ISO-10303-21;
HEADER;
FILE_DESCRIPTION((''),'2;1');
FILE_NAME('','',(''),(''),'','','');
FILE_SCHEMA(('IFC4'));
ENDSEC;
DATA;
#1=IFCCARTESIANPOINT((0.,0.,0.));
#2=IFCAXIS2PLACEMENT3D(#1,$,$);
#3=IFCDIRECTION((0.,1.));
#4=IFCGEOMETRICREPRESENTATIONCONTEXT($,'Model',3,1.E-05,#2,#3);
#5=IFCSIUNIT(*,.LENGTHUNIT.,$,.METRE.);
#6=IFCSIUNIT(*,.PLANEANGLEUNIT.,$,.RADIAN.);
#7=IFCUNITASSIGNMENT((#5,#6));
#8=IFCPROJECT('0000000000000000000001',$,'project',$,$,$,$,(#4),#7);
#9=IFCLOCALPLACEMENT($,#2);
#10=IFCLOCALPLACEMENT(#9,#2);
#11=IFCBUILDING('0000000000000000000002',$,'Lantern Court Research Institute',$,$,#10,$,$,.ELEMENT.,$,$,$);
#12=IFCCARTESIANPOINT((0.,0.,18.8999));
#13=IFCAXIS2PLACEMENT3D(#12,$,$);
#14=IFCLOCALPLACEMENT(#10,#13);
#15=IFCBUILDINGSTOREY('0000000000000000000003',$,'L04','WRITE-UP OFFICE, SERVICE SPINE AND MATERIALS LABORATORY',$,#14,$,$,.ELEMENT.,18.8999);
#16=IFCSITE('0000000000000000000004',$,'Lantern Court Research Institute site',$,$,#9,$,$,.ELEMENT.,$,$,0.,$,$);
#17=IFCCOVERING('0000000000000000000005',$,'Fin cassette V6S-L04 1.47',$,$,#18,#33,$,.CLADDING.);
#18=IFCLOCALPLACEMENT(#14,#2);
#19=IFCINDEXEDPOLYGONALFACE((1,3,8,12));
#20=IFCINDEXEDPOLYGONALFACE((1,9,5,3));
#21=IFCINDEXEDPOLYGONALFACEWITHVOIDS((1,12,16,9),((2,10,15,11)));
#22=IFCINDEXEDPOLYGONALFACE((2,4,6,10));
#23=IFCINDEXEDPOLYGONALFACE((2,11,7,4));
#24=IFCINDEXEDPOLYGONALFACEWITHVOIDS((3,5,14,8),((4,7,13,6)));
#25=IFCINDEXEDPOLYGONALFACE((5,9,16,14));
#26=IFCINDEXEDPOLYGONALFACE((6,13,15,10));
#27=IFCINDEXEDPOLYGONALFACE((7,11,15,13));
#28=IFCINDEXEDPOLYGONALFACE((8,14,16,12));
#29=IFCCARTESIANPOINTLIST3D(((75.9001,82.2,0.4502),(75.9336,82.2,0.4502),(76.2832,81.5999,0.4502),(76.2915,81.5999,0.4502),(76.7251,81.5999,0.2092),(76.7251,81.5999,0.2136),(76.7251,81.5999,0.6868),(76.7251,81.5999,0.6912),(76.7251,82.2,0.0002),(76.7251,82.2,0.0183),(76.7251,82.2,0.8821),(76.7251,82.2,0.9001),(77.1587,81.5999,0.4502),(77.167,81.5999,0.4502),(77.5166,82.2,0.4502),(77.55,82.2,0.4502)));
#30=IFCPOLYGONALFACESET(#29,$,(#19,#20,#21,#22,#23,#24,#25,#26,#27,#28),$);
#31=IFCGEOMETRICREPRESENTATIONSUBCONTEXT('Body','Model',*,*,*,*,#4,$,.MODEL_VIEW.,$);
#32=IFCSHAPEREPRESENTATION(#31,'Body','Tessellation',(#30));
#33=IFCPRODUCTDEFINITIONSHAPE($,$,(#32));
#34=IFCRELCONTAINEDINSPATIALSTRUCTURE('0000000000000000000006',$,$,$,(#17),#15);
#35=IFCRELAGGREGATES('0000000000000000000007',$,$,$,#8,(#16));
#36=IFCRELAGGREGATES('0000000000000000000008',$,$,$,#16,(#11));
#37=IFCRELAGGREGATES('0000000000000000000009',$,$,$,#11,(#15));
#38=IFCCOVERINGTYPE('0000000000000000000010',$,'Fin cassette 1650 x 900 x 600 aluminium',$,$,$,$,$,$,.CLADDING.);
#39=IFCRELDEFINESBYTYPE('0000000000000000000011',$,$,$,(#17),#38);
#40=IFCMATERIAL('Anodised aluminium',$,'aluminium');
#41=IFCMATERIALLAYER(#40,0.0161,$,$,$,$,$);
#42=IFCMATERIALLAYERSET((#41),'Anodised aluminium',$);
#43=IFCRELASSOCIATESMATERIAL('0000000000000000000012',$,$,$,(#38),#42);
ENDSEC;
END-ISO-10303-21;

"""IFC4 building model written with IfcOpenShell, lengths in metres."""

from ifc_helpers import new_model, entity, si_unit, direction, frame, origin, place, context, subcontext, project, spatial, material, layer, layer_set, type_object, element, save


model = new_model("IFC4")

# Units and contexts
model_context = context("Model", 3, precision=1e-05, world=origin(), true_north=direction((0.0, 1.0)))
body_context = subcontext(model_context, "Body", "Model", "MODEL_VIEW")
ifc_project = project(units=[si_unit("LENGTHUNIT", "METRE"), si_unit("PLANEANGLEUNIT", "RADIAN")], contexts=[model_context])

# Site, building, storey
site_placement = place(None, origin())
site = spatial("IfcSite", under=ifc_project, at=site_placement, Name="Lantern Court Research Institute site", CompositionType="ELEMENT", RefElevation=0.0)
building_placement = place(site_placement, origin())
building = spatial("IfcBuilding", under=site, at=building_placement, Name="Lantern Court Research Institute", CompositionType="ELEMENT")
storey_placement = place(building_placement, frame((0.0, 0.0, 18.8999)))
storey = spatial("IfcBuildingStorey", under=building, at=storey_placement, Name="L04", Description="WRITE-UP OFFICE, SERVICE SPINE AND MATERIALS LABORATORY", CompositionType="ELEMENT", Elevation=18.8999)

# Covering
ifc_material_1 = material(Name="Anodised aluminium", Category="aluminium")
ifc_layer_1 = layer(ifc_material_1, 0.0161)
ifc_layer_set_1 = layer_set([ifc_layer_1], Name="Anodised aluminium")
covering_type_1 = type_object("IfcCoveringType", Name="Fin cassette 1650 x 900 x 600 aluminium", PredefinedType="CLADDING", material=ifc_layer_set_1)
covering_1_placement = place(storey_placement, frame((76.7251, 82.2, 0.4502), z_axis=(0.0, -1.0, 0.0), x_axis=(1.0, 0.0, 0.0)))
cartesian_point_1 = entity("IfcCartesianPoint", [0.825, 0.0])
cartesian_point_2 = entity("IfcCartesianPoint", [0.7915, 0.0])
cartesian_point_3 = entity("IfcCartesianPoint", [0.4419, 0.0])
cartesian_point_4 = entity("IfcCartesianPoint", [0.4336, 0.0])
element("IfcCovering", 1, at=covering_1_placement, inside=storey, type_object=covering_type_1, Name="Fin cassette V6S-L04 1.47", PredefinedType="CLADDING", context=body_context, shape_type="SweptSolid", body=[
    entity("IfcExtrudedAreaSolidTapered", entity("IfcArbitraryProfileDefWithVoids", "AREA", None, entity("IfcPolyline", [cartesian_point_1, entity("IfcCartesianPoint", [0.0, 0.45]), entity("IfcCartesianPoint", [-0.825, 0.0]), entity("IfcCartesianPoint", [0.0, -0.45]), cartesian_point_1]), [entity("IfcPolyline", [cartesian_point_2, entity("IfcCartesianPoint", [0.0, 0.4319]), entity("IfcCartesianPoint", [-0.7915, 0.0]), entity("IfcCartesianPoint", [0.0, -0.4319]), cartesian_point_2])]), entity("IfcAxis2Placement3D", entity("IfcCartesianPoint", [0.0, 0.0, 0.0])), entity("IfcDirection", [0.0, 0.0, 1.0]), 0.6001, entity("IfcArbitraryProfileDefWithVoids", "AREA", None, entity("IfcPolyline", [cartesian_point_3, entity("IfcCartesianPoint", [0.0, 0.241]), entity("IfcCartesianPoint", [-0.4419, 0.0]), entity("IfcCartesianPoint", [0.0, -0.241]), cartesian_point_3]), [entity("IfcPolyline", [cartesian_point_4, entity("IfcCartesianPoint", [0.0, 0.2366]), entity("IfcCartesianPoint", [-0.4336, 0.0]), entity("IfcCartesianPoint", [0.0, -0.2366]), cartesian_point_4])])),
])

save(model, "model.ifc")
